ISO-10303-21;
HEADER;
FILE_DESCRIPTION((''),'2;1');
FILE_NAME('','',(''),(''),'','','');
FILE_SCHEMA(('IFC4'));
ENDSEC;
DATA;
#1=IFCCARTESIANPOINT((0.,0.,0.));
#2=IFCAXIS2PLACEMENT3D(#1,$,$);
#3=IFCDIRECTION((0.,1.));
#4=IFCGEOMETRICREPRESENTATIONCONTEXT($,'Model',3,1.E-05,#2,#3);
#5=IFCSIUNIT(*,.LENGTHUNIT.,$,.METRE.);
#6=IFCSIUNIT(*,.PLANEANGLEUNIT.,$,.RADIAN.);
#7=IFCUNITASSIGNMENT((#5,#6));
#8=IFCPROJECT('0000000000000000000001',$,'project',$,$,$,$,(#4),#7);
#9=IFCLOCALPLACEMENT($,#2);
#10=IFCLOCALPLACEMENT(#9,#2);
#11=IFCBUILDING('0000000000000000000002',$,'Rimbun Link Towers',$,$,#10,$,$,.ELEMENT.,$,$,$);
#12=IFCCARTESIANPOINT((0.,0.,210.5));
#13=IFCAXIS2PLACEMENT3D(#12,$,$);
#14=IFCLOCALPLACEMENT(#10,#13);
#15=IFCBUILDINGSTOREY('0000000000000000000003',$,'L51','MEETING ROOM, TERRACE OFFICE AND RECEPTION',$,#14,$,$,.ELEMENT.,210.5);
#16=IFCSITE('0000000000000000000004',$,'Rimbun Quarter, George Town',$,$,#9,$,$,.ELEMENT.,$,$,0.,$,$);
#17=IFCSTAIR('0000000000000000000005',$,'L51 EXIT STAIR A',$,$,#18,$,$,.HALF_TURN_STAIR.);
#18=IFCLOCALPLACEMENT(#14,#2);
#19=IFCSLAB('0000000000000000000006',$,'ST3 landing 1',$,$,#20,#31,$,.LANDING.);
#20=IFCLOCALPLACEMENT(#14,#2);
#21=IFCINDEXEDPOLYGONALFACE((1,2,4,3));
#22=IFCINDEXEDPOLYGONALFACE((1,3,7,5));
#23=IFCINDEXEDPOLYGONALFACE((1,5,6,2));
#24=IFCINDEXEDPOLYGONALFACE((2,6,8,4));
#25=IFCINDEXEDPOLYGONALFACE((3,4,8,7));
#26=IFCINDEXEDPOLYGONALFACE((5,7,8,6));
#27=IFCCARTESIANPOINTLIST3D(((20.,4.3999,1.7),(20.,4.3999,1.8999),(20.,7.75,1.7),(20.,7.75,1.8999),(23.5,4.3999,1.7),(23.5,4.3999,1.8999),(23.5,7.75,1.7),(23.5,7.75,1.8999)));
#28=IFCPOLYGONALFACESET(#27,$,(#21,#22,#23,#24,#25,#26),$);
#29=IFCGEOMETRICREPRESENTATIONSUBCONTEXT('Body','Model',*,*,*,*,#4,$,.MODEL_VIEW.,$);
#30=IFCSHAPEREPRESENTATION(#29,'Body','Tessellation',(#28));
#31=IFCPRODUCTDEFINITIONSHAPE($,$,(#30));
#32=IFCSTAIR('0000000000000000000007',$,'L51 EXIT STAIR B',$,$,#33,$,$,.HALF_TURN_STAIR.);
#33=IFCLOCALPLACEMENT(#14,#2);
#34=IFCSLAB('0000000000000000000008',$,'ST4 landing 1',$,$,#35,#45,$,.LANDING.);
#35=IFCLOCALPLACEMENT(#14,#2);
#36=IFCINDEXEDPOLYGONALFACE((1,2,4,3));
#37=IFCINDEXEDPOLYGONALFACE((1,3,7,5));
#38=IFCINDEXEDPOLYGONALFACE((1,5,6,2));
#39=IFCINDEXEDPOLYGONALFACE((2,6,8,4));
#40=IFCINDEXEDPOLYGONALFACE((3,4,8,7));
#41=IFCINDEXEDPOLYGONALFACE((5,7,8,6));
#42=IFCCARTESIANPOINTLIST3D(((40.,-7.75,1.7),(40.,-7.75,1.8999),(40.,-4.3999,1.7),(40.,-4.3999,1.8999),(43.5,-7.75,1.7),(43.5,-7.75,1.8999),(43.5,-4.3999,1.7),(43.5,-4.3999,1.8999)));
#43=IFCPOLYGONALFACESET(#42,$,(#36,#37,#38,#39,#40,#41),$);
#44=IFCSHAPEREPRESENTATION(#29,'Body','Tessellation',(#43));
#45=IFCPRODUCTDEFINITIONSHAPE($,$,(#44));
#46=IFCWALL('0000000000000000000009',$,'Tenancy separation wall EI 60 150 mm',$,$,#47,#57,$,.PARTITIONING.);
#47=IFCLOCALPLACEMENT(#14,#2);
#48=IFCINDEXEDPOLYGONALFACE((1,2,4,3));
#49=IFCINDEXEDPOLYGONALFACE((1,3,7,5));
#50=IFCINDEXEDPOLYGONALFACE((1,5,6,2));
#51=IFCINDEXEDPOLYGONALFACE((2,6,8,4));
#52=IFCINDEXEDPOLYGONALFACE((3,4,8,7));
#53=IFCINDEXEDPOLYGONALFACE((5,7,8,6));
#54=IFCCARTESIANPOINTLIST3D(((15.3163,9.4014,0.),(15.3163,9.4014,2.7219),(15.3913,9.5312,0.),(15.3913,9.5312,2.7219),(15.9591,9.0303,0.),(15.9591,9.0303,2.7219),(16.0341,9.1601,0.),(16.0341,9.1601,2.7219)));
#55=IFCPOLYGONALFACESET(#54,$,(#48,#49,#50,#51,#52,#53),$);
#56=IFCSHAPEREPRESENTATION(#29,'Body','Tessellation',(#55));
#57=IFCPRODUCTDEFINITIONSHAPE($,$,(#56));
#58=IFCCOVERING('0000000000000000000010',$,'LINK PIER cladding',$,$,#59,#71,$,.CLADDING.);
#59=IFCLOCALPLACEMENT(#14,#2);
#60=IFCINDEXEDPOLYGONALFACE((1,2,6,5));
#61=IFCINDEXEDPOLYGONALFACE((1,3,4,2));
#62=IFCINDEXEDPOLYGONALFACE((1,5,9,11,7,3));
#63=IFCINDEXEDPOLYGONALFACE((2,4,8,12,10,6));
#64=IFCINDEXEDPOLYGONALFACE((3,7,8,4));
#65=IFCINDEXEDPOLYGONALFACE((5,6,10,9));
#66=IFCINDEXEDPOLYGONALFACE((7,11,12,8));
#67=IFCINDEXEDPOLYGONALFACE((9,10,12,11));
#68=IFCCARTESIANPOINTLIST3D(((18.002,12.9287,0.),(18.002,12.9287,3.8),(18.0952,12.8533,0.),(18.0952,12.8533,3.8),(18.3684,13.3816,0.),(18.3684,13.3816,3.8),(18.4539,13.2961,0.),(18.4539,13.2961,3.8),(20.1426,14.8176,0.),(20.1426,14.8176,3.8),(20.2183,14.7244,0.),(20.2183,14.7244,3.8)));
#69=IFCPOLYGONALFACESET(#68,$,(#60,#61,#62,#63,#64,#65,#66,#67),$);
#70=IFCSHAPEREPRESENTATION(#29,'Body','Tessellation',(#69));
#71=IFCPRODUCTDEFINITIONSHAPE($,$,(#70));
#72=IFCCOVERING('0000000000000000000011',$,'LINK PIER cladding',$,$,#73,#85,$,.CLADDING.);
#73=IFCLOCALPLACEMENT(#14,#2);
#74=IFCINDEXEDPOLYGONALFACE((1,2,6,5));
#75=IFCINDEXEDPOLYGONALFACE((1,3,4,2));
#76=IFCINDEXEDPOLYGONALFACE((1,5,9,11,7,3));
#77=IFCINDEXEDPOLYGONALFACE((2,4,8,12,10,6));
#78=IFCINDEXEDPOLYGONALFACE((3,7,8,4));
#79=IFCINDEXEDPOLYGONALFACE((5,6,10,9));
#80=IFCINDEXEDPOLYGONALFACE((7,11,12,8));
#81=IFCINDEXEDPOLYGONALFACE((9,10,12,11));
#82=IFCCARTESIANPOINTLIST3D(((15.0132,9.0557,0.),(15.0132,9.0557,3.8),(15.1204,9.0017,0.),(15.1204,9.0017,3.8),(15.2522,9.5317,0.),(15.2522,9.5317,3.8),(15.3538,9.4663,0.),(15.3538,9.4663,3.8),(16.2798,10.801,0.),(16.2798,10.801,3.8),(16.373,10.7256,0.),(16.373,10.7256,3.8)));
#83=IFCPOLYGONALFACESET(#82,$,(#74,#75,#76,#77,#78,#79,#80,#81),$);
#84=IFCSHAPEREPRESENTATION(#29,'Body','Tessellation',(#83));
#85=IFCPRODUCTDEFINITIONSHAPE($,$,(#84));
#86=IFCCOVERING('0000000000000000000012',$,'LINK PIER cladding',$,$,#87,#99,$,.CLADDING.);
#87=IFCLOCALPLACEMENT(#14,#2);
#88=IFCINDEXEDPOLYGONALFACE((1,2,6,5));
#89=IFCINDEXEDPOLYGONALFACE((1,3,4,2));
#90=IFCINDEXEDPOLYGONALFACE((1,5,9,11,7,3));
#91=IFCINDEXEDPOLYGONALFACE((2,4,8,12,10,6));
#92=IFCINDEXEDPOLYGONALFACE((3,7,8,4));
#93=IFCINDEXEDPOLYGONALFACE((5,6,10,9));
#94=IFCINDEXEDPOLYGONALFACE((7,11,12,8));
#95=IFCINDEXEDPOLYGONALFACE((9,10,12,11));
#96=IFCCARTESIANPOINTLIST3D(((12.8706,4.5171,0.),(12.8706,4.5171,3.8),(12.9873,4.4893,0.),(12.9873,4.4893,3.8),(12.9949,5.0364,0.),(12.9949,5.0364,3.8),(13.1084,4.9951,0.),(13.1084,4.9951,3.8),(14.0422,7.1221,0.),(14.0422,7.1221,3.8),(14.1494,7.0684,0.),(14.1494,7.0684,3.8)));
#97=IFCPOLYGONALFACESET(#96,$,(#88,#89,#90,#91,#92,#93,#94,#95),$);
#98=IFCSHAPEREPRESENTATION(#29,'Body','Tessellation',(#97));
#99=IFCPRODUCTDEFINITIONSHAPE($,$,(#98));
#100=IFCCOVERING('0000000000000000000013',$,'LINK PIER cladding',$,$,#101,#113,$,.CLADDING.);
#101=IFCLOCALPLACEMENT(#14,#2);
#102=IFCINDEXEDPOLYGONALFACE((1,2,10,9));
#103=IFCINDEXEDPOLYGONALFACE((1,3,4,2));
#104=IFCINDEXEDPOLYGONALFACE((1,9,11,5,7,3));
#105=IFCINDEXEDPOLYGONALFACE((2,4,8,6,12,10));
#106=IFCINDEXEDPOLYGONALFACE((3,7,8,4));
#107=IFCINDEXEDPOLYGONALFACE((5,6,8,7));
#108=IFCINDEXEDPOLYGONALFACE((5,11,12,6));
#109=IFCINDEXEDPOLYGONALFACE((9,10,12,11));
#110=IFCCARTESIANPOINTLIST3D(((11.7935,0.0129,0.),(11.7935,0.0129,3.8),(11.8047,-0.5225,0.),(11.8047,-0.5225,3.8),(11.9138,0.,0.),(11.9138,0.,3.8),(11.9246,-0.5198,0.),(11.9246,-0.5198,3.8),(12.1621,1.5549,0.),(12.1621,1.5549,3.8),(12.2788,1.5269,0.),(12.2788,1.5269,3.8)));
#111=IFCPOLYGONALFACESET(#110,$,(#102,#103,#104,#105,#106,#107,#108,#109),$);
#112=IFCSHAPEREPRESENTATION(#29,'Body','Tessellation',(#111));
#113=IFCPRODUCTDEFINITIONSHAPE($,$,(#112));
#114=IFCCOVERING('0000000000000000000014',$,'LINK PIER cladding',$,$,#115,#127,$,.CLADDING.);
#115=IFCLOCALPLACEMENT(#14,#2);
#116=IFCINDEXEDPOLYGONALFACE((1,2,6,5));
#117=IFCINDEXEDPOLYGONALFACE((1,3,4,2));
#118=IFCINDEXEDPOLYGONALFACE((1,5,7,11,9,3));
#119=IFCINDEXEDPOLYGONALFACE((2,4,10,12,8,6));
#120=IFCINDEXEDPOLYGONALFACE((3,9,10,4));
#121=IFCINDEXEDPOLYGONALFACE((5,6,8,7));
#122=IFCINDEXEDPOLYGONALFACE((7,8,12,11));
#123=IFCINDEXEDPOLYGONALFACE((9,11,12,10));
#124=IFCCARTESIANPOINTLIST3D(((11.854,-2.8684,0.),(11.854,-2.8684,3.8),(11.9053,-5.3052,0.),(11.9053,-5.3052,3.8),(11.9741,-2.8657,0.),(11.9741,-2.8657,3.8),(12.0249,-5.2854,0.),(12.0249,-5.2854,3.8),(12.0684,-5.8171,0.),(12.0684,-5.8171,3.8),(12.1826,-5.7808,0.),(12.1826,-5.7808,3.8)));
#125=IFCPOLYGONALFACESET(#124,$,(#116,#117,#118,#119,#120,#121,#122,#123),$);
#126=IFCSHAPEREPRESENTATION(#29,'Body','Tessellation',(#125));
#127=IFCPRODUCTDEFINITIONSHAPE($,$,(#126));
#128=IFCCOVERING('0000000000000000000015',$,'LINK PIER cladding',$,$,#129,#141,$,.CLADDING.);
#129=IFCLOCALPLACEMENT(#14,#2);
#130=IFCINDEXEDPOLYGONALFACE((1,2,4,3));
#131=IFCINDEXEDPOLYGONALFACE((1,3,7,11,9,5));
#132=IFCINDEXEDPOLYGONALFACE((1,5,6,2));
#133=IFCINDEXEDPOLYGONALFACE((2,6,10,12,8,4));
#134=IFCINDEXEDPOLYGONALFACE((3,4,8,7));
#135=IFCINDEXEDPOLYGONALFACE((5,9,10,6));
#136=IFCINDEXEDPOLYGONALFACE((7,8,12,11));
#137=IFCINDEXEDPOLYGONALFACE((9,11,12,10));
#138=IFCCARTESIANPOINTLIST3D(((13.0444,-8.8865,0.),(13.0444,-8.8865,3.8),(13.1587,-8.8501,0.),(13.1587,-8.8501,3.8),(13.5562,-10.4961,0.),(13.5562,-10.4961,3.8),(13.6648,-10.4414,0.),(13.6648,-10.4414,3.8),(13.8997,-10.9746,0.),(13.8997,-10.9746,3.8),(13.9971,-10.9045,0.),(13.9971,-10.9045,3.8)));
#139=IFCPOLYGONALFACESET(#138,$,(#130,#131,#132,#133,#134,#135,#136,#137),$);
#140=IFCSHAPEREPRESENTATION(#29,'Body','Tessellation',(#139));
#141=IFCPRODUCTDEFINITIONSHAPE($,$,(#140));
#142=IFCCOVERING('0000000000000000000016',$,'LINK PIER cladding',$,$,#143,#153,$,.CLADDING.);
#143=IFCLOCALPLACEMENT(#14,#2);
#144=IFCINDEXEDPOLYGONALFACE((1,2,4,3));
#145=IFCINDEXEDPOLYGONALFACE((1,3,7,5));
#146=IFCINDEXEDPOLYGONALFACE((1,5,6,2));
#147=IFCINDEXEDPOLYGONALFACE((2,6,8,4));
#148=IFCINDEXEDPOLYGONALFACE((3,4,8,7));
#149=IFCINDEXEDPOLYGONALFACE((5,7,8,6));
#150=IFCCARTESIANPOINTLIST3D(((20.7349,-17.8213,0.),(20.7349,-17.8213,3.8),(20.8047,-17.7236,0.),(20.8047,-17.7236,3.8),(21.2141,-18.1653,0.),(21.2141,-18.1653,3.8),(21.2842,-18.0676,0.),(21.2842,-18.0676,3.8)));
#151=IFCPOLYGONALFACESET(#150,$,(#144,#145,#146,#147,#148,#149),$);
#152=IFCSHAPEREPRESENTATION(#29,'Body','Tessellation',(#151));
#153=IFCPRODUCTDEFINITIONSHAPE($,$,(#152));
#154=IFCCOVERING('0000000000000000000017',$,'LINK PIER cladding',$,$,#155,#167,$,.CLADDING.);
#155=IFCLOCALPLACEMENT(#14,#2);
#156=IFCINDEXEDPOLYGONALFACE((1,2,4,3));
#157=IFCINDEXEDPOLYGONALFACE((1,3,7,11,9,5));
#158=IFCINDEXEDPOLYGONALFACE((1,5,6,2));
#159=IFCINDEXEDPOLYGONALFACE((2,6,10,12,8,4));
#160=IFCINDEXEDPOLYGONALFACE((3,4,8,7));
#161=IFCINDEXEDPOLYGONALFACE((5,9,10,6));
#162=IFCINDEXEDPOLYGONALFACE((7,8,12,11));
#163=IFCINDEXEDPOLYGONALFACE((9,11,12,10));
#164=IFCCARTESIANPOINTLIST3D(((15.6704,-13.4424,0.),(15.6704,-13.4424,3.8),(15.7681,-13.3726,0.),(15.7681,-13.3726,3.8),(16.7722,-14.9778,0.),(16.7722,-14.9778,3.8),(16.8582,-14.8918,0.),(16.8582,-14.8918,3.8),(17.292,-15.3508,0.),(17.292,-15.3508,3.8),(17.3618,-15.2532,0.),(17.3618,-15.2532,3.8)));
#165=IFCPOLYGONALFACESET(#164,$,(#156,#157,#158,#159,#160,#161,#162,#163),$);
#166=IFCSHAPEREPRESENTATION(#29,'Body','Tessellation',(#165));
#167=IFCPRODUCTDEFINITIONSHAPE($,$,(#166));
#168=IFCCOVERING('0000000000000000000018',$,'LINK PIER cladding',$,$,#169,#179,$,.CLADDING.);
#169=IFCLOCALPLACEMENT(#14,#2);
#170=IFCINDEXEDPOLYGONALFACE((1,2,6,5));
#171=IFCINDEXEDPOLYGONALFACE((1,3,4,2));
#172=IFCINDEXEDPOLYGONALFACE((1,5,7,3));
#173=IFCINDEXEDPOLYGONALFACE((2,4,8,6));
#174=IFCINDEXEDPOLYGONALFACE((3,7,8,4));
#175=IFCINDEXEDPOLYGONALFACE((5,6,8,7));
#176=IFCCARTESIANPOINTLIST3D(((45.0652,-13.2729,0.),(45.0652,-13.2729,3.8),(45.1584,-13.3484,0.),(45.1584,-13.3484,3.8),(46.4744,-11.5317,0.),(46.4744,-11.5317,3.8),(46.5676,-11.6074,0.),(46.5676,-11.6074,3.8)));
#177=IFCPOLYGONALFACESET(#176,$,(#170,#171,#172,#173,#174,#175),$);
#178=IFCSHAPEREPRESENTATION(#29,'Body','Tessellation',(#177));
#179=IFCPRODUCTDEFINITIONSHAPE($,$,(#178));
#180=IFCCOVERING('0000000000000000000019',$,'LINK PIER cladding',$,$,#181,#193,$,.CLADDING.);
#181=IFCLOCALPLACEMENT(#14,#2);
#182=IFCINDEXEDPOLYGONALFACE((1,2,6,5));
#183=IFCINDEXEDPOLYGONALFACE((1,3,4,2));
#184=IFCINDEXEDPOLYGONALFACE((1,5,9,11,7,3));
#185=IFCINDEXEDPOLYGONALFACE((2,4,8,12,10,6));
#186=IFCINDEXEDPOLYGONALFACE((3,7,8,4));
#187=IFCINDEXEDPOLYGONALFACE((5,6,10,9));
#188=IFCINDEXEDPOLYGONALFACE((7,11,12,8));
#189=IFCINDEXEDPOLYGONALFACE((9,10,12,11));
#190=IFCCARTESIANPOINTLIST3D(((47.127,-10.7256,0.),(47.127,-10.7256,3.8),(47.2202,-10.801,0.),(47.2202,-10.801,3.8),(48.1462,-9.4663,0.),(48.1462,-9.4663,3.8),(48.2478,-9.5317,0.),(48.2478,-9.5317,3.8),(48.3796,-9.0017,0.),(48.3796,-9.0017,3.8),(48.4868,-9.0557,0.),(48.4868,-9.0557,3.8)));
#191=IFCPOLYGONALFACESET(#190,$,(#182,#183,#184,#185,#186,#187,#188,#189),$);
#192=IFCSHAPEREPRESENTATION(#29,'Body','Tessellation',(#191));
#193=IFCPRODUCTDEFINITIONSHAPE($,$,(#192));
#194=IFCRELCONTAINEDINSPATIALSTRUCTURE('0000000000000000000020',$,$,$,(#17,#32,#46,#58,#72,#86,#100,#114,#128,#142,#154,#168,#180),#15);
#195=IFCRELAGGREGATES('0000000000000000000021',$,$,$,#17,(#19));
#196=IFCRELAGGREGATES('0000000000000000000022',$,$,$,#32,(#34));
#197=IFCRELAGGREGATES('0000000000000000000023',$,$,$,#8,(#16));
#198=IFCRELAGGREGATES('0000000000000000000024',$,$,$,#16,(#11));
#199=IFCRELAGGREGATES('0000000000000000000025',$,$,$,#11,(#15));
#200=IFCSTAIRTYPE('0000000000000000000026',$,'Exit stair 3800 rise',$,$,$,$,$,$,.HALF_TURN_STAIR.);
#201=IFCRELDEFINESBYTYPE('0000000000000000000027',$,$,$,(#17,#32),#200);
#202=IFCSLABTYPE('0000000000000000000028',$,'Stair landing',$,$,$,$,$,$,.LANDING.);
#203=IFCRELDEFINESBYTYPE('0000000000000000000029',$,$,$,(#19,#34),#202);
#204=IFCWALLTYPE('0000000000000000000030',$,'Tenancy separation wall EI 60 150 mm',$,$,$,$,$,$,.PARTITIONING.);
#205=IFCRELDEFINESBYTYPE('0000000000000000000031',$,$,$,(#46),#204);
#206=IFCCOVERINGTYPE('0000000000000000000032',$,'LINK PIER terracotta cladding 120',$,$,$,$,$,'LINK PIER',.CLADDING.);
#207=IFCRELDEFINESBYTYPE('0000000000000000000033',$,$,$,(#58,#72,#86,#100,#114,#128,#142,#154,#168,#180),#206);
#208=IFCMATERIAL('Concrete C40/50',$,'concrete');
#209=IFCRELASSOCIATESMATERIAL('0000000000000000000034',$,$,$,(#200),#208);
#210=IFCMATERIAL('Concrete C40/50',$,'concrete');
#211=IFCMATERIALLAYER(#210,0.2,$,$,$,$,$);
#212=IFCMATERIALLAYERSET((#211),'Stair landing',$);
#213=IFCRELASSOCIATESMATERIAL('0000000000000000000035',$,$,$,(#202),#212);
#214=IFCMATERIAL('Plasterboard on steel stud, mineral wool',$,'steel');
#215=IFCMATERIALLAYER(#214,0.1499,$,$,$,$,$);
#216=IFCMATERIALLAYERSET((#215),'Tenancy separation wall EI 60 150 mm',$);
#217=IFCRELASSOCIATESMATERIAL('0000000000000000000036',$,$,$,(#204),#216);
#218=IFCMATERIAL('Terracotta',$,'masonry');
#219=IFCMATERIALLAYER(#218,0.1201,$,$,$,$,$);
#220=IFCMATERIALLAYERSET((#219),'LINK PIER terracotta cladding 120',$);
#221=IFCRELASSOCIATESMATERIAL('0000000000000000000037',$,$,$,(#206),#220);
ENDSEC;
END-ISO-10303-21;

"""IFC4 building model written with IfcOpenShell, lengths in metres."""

from ifc_helpers import new_model, si_unit, direction, frame, frame_2d, origin, place, context, subcontext, project, spatial, polyline, rectangle, outline, extrude, material, layer, layer_set, type_object, element, aggregate, save


model = new_model("IFC4")

# Units and contexts
model_context = context("Model", 3, precision=1e-05, world=origin(), true_north=direction((0.0, 1.0)))
body_context = subcontext(model_context, "Body", "Model", "MODEL_VIEW")
ifc_project = project(units=[si_unit("LENGTHUNIT", "METRE"), si_unit("PLANEANGLEUNIT", "RADIAN")], contexts=[model_context])

# Site, building, storey
site_placement = place(None, origin())
site = spatial("IfcSite", under=ifc_project, at=site_placement, Name="Rimbun Quarter, George Town", CompositionType="ELEMENT", RefElevation=0.0)
building_placement = place(site_placement, origin())
building = spatial("IfcBuilding", under=site, at=building_placement, Name="Rimbun Link Towers", CompositionType="ELEMENT")
storey_placement = place(building_placement, frame((0.0, 0.0, 210.5)))
storey = spatial("IfcBuildingStorey", under=building, at=storey_placement, Name="L51", Description="MEETING ROOM, TERRACE OFFICE AND RECEPTION", CompositionType="ELEMENT", Elevation=210.5)

# Stairs, slabs
ifc_material_1 = material(Name="Concrete C40/50", Category="concrete")
stair_type = type_object("IfcStairType", Name="Exit stair 3800 rise", PredefinedType="HALF_TURN_STAIR", material=ifc_material_1)
ifc_material_2 = material(Name="Concrete C40/50", Category="concrete")
ifc_layer_1 = layer(ifc_material_2, 0.2)
ifc_layer_set_1 = layer_set([ifc_layer_1], Name="Stair landing")
slab_type = type_object("IfcSlabType", Name="Stair landing", PredefinedType="LANDING", material=ifc_layer_set_1)
stair_1_placement = place(storey_placement, origin())
stair_1 = element("IfcStair", 1, at=stair_1_placement, inside=storey, type_object=stair_type, Name="L51 EXIT STAIR A", PredefinedType="HALF_TURN_STAIR")
slab_1_placement = place(storey_placement, frame((0.0, 0.0, 1.7)))
slab_1 = element("IfcSlab", 2, at=slab_1_placement, type_object=slab_type, Name="ST3 landing 1", PredefinedType="LANDING", context=body_context, shape_type="SweptSolid", body=[
    extrude(outline(polyline([(23.5, 7.75), (20.0, 7.75), (20.0, 4.3999), (23.5, 4.3999), (23.5, 7.75)])), origin(), (0.0, 0.0, 1.0), 0.2),
])
aggregate(stair_1, [slab_1])
stair_2_placement = place(storey_placement, origin())
stair_2 = element("IfcStair", 3, at=stair_2_placement, inside=storey, type_object=stair_type, Name="L51 EXIT STAIR B", PredefinedType="HALF_TURN_STAIR")
slab_2_placement = place(storey_placement, frame((0.0, 0.0, 1.7)))
slab_2 = element("IfcSlab", 4, at=slab_2_placement, type_object=slab_type, Name="ST4 landing 1", PredefinedType="LANDING", context=body_context, shape_type="SweptSolid", body=[
    extrude(outline(polyline([(40.0, -7.75), (43.5, -7.75), (43.5, -4.3999), (40.0, -4.3999), (40.0, -7.75)])), origin(), (0.0, 0.0, 1.0), 0.2),
])
aggregate(stair_2, [slab_2])

# Wall
ifc_material_3 = material(Name="Plasterboard on steel stud, mineral wool", Category="steel")
ifc_layer_2 = layer(ifc_material_3, 0.1499)
ifc_layer_set_2 = layer_set([ifc_layer_2], Name="Tenancy separation wall EI 60 150 mm")
wall_type = type_object("IfcWallType", Name="Tenancy separation wall EI 60 150 mm", PredefinedType="PARTITIONING", material=ifc_layer_set_2)
wall_placement = place(storey_placement, frame((15.9966, 9.0952, 0.0), z_axis=(0.0, 0.0, 1.0), x_axis=(-0.866049, 0.49996, 0.0)))
element("IfcWall", 5, at=wall_placement, inside=storey, type_object=wall_type, Name="Tenancy separation wall EI 60 150 mm", PredefinedType="PARTITIONING", context=body_context, shape_type="SweptSolid", body=[
    extrude(rectangle(XDim=0.7422, YDim=0.1499, at=frame_2d((0.3711, 0.0))), origin(), (0.0, 0.0, 1.0), 2.7219),
])

# Coverings
ifc_material_4 = material(Name="Terracotta", Category="masonry")
ifc_layer_3 = layer(ifc_material_4, 0.1201)
ifc_layer_set_3 = layer_set([ifc_layer_3], Name="LINK PIER terracotta cladding 120")
covering_type_1 = type_object("IfcCoveringType", Name="LINK PIER terracotta cladding 120", ElementType="LINK PIER", PredefinedType="CLADDING", material=ifc_layer_set_3)
covering_1_placement = place(storey_placement, origin())
element("IfcCovering", 6, at=covering_1_placement, inside=storey, type_object=covering_type_1, Name="LINK PIER cladding", PredefinedType="CLADDING", context=body_context, shape_type="SweptSolid", body=[
    extrude(outline(polyline([(18.0952, 12.8533), (18.4539, 13.2961), (20.2183, 14.7244), (20.1426, 14.8176), (18.3684, 13.3816), (18.002, 12.9287), (18.0952, 12.8533)])), origin(), (0.0, 0.0, 1.0), 3.8),
])
covering_2_placement = place(storey_placement, origin())
element("IfcCovering", 7, at=covering_2_placement, inside=storey, type_object=covering_type_1, Name="LINK PIER cladding", PredefinedType="CLADDING", context=body_context, shape_type="SweptSolid", body=[
    extrude(outline(polyline([(15.1204, 9.0017), (15.3538, 9.4663), (16.373, 10.7256), (16.2798, 10.801), (15.2522, 9.5317), (15.0132, 9.0557), (15.1204, 9.0017)])), origin(), (0.0, 0.0, 1.0), 3.8),
])
covering_3_placement = place(storey_placement, origin())
element("IfcCovering", 8, at=covering_3_placement, inside=storey, type_object=covering_type_1, Name="LINK PIER cladding", PredefinedType="CLADDING", context=body_context, shape_type="SweptSolid", body=[
    extrude(outline(polyline([(12.9873, 4.4893), (13.1084, 4.9951), (14.1494, 7.0684), (14.0422, 7.1221), (12.9949, 5.0364), (12.8706, 4.5171), (12.9873, 4.4893)])), origin(), (0.0, 0.0, 1.0), 3.8),
])
covering_4_placement = place(storey_placement, origin())
element("IfcCovering", 9, at=covering_4_placement, inside=storey, type_object=covering_type_1, Name="LINK PIER cladding", PredefinedType="CLADDING", context=body_context, shape_type="SweptSolid", body=[
    extrude(outline(polyline([(11.9246, -0.5198), (11.9138, 0.0), (12.2788, 1.5269), (12.1621, 1.5549), (11.7935, 0.0129), (11.8047, -0.5225), (11.9246, -0.5198)])), origin(), (0.0, 0.0, 1.0), 3.8),
])
covering_5_placement = place(storey_placement, origin())
element("IfcCovering", 10, at=covering_5_placement, inside=storey, type_object=covering_type_1, Name="LINK PIER cladding", PredefinedType="CLADDING", context=body_context, shape_type="SweptSolid", body=[
    extrude(outline(polyline([(12.1826, -5.7808), (12.0249, -5.2854), (11.9741, -2.8657), (11.854, -2.8684), (11.9053, -5.3052), (12.0684, -5.8171), (12.1826, -5.7808)])), origin(), (0.0, 0.0, 1.0), 3.8),
])
covering_6_placement = place(storey_placement, origin())
element("IfcCovering", 11, at=covering_6_placement, inside=storey, type_object=covering_type_1, Name="LINK PIER cladding", PredefinedType="CLADDING", context=body_context, shape_type="SweptSolid", body=[
    extrude(outline(polyline([(13.9971, -10.9045), (13.6648, -10.4414), (13.1587, -8.8501), (13.0444, -8.8865), (13.5562, -10.4961), (13.8997, -10.9746), (13.9971, -10.9045)])), origin(), (0.0, 0.0, 1.0), 3.8),
])
covering_7_placement = place(storey_placement, origin())
element("IfcCovering", 12, at=covering_7_placement, inside=storey, type_object=covering_type_1, Name="LINK PIER cladding", PredefinedType="CLADDING", context=body_context, shape_type="SweptSolid", body=[
    extrude(outline(polyline([(21.2842, -18.0676), (20.8047, -17.7236), (20.7349, -17.8213), (21.2141, -18.1653), (21.2842, -18.0676)])), origin(), (0.0, 0.0, 1.0), 3.8),
])
covering_8_placement = place(storey_placement, origin())
element("IfcCovering", 13, at=covering_8_placement, inside=storey, type_object=covering_type_1, Name="LINK PIER cladding", PredefinedType="CLADDING", context=body_context, shape_type="SweptSolid", body=[
    extrude(outline(polyline([(17.3618, -15.2532), (16.8582, -14.8918), (15.7681, -13.3726), (15.6704, -13.4424), (16.7722, -14.9778), (17.292, -15.3508), (17.3618, -15.2532)])), origin(), (0.0, 0.0, 1.0), 3.8),
])
covering_9_placement = place(storey_placement, origin())
element("IfcCovering", 14, at=covering_9_placement, inside=storey, type_object=covering_type_1, Name="LINK PIER cladding", PredefinedType="CLADDING", context=body_context, shape_type="SweptSolid", body=[
    extrude(outline(polyline([(46.4744, -11.5317), (45.0652, -13.2729), (45.1584, -13.3484), (46.5676, -11.6074), (46.4744, -11.5317)])), origin(), (0.0, 0.0, 1.0), 3.8),
])
covering_10_placement = place(storey_placement, origin())
element("IfcCovering", 15, at=covering_10_placement, inside=storey, type_object=covering_type_1, Name="LINK PIER cladding", PredefinedType="CLADDING", context=body_context, shape_type="SweptSolid", body=[
    extrude(outline(polyline([(48.3796, -9.0017), (48.1462, -9.4663), (47.127, -10.7256), (47.2202, -10.801), (48.2478, -9.5317), (48.4868, -9.0557), (48.3796, -9.0017)])), origin(), (0.0, 0.0, 1.0), 3.8),
])

save(model, "model.ifc")
